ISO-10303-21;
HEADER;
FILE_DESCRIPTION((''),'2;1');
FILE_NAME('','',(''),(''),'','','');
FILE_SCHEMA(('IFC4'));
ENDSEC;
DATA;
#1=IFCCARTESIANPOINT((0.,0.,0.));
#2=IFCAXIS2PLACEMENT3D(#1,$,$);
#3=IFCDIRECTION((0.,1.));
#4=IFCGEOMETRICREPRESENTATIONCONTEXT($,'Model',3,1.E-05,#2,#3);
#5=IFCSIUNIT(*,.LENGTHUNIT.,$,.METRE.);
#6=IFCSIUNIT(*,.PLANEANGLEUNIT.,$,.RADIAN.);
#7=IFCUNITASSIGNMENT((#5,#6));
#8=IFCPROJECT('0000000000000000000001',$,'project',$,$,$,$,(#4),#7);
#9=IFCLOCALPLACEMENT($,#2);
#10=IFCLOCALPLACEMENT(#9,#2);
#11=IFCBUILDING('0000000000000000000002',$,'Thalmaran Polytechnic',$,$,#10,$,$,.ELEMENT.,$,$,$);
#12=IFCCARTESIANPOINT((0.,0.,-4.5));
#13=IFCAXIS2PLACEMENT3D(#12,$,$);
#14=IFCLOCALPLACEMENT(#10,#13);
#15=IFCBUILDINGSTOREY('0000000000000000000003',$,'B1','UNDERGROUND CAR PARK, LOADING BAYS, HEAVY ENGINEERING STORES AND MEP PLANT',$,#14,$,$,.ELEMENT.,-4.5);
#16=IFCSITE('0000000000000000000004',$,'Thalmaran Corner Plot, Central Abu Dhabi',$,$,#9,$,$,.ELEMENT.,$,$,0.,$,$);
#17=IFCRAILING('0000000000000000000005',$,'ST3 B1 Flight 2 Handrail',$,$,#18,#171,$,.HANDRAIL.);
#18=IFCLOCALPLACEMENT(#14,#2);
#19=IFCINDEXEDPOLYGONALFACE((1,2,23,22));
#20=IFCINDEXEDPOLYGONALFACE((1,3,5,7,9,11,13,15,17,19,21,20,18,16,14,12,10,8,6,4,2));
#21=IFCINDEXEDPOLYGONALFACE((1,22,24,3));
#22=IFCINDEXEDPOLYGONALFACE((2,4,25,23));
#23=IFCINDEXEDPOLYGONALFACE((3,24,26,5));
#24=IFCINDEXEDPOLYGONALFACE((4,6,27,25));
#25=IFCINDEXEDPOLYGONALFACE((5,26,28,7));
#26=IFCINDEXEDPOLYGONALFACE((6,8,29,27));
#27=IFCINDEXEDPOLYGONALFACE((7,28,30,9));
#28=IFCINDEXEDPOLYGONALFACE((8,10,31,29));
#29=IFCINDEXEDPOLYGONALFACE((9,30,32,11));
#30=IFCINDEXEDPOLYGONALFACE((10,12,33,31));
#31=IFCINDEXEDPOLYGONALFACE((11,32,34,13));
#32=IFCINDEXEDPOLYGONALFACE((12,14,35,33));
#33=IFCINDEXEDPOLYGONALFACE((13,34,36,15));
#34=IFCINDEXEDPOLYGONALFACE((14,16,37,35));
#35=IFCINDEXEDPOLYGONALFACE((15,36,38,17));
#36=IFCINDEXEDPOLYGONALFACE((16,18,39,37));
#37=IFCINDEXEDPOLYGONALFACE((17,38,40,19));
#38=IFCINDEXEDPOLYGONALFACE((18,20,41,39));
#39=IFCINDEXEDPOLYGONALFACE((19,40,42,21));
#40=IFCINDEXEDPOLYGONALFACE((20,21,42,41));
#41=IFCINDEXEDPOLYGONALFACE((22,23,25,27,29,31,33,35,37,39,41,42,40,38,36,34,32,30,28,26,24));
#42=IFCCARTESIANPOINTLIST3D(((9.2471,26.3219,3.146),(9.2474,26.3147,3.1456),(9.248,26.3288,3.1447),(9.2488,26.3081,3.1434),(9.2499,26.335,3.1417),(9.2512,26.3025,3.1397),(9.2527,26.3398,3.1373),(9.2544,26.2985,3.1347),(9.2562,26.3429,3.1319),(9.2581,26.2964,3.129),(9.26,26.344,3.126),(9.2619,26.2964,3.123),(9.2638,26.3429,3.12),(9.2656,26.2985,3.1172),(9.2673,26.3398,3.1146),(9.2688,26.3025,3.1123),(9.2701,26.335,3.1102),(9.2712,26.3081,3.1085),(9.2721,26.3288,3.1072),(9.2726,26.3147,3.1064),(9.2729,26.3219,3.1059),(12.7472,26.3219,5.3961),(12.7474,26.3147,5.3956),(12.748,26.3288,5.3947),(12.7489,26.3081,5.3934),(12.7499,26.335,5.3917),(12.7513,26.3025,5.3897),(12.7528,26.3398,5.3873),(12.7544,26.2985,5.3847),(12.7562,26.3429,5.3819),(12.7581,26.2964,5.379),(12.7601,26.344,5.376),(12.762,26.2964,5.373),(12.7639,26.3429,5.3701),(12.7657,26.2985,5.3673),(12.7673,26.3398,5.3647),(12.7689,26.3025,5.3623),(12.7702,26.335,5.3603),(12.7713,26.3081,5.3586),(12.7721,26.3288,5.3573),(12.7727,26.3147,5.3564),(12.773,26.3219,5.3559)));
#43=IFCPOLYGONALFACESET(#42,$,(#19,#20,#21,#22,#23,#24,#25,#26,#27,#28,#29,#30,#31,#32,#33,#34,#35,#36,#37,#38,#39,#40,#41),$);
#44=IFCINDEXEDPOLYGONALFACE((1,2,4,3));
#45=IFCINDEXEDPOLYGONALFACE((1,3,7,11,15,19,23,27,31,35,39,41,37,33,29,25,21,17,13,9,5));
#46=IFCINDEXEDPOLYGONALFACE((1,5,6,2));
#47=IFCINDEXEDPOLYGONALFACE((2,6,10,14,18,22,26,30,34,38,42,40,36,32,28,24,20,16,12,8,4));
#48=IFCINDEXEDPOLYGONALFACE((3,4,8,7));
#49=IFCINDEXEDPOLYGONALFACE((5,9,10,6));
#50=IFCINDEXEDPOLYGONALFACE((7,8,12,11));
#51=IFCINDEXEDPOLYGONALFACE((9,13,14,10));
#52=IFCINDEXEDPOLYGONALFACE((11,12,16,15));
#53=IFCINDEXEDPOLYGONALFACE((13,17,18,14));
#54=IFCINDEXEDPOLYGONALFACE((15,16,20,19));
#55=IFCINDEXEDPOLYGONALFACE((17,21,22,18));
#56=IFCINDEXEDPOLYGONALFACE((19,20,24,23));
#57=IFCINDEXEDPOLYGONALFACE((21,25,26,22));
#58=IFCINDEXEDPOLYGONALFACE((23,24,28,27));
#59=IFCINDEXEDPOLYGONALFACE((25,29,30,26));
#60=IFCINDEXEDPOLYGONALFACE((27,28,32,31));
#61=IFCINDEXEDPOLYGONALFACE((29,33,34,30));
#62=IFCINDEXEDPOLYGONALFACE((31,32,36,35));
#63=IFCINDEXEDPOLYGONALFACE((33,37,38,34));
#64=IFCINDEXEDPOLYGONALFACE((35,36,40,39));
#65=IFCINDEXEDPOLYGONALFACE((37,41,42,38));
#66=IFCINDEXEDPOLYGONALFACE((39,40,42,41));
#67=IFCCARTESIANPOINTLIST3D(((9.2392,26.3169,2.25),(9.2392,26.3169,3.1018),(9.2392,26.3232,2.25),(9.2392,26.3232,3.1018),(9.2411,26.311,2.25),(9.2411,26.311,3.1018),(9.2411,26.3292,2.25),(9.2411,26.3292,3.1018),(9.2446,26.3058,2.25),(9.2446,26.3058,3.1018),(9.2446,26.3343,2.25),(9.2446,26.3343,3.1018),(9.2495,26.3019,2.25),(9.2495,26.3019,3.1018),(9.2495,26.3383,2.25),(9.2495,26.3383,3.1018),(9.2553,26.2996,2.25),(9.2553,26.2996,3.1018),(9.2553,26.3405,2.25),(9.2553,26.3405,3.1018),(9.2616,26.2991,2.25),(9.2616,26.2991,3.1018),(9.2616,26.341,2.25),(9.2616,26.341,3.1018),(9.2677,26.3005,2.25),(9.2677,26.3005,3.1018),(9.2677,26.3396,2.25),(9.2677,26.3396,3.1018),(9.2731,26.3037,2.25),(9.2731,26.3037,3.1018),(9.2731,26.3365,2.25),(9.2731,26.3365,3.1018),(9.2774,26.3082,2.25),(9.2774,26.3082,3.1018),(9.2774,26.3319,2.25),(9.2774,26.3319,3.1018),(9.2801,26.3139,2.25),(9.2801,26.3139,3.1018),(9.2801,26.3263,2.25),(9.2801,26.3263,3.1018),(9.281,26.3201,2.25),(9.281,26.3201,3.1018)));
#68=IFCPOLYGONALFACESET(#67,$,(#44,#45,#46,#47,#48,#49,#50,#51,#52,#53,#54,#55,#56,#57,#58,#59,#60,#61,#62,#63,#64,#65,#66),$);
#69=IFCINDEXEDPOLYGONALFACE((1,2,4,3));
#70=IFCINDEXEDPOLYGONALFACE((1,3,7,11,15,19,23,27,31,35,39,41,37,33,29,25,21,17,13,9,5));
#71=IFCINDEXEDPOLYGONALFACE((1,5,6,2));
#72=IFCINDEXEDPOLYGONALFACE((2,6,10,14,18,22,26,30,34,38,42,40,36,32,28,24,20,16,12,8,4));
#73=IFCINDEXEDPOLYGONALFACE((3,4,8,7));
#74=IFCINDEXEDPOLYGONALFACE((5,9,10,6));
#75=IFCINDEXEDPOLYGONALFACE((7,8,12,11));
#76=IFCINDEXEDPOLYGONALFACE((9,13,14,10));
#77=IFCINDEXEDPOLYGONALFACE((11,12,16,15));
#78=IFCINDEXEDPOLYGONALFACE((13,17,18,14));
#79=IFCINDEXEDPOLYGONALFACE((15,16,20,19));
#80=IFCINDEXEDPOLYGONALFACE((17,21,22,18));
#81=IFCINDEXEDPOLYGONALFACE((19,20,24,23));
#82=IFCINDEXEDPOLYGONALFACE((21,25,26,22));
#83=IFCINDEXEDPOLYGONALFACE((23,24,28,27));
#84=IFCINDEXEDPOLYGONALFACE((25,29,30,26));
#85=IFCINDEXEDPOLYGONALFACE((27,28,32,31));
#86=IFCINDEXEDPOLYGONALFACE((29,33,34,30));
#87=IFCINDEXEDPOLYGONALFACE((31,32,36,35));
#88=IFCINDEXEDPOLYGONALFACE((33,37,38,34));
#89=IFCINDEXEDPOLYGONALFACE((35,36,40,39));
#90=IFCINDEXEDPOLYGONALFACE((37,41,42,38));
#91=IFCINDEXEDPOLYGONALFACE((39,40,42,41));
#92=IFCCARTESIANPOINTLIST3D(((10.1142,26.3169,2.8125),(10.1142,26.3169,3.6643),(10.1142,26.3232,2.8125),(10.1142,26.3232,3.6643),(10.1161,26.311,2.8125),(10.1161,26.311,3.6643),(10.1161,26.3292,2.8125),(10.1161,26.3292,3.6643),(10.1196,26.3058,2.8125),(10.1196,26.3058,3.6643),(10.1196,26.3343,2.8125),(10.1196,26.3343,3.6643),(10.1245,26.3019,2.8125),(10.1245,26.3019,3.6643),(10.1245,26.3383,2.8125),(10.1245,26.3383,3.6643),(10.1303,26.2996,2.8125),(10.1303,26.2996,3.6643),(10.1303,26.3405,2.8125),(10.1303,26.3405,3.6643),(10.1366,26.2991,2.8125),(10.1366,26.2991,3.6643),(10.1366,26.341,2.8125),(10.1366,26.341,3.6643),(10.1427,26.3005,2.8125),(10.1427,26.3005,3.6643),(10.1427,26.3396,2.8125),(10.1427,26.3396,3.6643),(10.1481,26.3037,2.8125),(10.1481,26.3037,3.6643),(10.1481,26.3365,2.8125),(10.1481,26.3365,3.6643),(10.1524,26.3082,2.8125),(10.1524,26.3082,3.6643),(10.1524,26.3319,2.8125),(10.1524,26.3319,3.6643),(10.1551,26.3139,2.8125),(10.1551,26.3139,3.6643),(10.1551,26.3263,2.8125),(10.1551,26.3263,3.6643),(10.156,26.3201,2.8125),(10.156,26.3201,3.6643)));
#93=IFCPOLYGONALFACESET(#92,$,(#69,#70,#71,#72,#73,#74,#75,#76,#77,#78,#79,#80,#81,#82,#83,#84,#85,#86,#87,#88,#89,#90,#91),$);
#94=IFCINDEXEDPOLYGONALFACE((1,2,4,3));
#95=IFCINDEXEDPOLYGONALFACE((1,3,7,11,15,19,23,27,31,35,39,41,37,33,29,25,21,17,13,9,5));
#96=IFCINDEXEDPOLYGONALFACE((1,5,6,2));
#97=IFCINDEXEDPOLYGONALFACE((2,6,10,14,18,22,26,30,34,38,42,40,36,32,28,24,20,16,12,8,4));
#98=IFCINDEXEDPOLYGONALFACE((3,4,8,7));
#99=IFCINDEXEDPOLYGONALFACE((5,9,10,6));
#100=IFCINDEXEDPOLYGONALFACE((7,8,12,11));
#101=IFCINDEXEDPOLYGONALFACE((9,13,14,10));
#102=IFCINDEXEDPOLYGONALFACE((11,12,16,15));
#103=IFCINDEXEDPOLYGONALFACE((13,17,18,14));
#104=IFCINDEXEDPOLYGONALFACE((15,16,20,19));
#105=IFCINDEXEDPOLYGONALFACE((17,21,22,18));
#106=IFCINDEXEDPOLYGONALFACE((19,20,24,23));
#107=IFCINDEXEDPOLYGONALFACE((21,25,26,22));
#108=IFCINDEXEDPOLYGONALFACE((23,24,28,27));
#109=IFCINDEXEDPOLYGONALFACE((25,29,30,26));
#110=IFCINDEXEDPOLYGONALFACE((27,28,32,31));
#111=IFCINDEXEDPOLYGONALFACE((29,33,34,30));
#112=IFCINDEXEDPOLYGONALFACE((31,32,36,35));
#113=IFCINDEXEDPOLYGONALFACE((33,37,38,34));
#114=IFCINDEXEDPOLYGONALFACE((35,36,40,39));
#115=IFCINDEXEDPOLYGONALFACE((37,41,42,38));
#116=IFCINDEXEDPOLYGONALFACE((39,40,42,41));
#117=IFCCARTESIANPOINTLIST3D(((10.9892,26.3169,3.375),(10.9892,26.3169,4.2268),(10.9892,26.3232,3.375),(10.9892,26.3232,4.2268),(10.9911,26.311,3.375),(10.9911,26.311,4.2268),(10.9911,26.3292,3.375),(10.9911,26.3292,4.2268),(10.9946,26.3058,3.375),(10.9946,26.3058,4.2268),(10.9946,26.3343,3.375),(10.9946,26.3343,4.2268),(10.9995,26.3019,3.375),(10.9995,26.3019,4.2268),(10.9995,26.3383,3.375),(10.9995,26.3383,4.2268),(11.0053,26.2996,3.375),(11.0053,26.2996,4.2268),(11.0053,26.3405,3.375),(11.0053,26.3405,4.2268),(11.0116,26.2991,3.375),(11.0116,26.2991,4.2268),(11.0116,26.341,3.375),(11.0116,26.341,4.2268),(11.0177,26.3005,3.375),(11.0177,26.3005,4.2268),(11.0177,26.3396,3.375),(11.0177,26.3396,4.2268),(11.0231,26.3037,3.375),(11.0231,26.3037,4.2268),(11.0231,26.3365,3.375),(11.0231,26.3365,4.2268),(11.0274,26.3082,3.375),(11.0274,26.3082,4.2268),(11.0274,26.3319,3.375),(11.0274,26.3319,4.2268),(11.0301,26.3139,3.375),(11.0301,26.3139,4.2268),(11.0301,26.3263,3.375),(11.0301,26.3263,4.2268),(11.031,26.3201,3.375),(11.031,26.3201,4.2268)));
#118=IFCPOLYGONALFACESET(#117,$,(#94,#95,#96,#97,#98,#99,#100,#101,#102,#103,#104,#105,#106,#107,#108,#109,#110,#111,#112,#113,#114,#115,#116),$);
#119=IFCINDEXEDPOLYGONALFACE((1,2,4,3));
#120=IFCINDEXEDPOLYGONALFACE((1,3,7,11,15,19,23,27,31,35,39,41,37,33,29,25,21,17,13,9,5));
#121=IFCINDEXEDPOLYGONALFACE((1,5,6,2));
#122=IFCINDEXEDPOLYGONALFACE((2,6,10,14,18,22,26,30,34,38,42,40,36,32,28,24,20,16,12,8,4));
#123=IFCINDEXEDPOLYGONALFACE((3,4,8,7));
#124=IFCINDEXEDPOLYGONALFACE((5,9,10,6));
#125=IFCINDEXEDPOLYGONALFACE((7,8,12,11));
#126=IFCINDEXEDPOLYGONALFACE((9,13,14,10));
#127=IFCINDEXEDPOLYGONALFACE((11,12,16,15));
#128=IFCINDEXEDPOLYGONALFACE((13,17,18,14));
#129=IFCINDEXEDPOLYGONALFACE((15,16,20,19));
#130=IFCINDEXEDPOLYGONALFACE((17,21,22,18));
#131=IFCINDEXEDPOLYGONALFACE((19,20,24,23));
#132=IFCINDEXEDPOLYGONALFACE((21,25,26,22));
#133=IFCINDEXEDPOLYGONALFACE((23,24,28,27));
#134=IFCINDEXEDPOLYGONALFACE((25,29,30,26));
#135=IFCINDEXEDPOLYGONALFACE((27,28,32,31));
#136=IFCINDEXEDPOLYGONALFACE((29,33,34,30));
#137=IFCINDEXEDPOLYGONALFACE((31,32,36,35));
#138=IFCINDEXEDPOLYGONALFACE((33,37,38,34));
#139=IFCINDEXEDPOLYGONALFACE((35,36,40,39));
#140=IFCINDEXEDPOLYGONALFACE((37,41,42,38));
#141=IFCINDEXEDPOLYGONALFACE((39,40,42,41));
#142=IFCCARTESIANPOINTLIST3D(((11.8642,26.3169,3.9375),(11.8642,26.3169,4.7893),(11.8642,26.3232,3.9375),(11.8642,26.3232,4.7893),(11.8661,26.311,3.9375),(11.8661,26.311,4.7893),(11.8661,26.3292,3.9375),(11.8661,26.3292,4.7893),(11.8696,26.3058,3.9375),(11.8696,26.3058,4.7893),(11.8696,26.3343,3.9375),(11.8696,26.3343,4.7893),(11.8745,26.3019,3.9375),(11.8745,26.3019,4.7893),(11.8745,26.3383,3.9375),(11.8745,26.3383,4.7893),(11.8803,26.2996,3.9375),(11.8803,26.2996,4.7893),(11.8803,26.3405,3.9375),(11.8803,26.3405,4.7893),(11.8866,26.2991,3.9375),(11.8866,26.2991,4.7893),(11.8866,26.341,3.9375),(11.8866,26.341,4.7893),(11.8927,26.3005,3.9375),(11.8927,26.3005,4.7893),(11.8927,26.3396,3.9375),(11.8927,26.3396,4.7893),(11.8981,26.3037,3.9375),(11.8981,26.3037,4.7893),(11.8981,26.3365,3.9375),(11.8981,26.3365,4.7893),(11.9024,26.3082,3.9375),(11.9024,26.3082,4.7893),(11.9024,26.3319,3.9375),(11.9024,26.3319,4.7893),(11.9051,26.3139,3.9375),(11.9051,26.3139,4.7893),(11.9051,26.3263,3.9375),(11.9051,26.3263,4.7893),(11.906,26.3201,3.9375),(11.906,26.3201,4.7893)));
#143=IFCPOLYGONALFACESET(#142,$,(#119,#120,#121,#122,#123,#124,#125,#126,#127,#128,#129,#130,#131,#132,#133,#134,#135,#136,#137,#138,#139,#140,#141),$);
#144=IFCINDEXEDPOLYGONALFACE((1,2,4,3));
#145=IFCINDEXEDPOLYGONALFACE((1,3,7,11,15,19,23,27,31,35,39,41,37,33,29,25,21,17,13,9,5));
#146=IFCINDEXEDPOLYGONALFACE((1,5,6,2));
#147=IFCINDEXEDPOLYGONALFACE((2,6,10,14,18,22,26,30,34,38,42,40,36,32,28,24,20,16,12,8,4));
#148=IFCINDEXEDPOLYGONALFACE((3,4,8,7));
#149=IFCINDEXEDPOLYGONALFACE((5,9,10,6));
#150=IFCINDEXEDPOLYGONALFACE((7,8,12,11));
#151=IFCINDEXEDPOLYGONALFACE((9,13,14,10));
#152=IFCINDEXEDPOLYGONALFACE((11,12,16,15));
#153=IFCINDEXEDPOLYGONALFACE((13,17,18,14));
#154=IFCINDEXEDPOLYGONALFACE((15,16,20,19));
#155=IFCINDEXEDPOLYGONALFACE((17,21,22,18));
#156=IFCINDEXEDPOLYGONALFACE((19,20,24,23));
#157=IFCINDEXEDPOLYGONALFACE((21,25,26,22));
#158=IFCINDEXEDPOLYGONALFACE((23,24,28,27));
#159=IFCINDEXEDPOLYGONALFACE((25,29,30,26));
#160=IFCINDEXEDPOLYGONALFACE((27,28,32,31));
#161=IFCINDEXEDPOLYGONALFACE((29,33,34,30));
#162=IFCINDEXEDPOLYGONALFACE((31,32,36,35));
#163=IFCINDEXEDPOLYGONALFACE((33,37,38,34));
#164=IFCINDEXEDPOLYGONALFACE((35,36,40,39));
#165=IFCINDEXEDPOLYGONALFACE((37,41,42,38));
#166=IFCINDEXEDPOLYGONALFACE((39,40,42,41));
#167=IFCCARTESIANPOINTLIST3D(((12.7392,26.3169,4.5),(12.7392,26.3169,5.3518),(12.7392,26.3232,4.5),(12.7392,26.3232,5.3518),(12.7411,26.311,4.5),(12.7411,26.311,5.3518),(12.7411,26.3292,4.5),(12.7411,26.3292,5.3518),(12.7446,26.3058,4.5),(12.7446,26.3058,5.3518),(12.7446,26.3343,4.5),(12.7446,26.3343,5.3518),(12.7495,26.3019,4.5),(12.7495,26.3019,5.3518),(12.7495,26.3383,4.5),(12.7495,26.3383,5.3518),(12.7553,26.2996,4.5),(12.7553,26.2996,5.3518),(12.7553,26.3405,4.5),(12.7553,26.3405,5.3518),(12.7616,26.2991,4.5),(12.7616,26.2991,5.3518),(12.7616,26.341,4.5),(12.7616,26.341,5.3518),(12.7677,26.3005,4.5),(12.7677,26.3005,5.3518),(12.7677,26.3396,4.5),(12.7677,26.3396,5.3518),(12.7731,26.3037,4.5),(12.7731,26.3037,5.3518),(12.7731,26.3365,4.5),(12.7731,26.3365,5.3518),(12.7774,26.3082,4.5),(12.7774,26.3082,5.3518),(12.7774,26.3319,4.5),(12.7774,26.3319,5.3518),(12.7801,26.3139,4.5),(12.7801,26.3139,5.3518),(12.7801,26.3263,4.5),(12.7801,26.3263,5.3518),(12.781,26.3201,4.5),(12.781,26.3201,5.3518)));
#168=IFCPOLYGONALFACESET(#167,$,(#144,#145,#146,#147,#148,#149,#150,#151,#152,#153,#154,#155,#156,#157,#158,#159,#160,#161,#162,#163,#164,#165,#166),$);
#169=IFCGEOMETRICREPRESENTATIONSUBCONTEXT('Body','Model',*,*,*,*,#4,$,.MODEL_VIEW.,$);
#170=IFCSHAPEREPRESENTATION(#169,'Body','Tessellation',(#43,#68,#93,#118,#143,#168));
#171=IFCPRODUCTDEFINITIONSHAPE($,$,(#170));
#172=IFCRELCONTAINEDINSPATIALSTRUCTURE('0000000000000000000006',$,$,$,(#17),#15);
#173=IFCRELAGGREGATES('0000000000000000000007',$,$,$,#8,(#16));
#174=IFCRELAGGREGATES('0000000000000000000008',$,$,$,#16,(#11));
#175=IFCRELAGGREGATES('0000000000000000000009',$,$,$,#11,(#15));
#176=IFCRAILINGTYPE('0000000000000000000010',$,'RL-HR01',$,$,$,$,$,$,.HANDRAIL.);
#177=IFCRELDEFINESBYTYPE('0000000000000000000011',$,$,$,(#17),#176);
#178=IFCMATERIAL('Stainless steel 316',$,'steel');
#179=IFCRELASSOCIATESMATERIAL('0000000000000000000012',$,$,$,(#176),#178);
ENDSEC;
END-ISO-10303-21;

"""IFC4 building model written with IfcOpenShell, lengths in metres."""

from ifc_helpers import new_model, si_unit, direction, frame, origin, origin_2d, place, context, subcontext, project, spatial, circle, extrude, material, type_object, element, save


model = new_model("IFC4")

# Units and contexts
model_context = context("Model", 3, precision=1e-05, world=origin(), true_north=direction((0.0, 1.0)))
body_context = subcontext(model_context, "Body", "Model", "MODEL_VIEW")
ifc_project = project(units=[si_unit("LENGTHUNIT", "METRE"), si_unit("PLANEANGLEUNIT", "RADIAN")], contexts=[model_context])

# Site, building, storey
site_placement = place(None, origin())
site = spatial("IfcSite", under=ifc_project, at=site_placement, Name="Thalmaran Corner Plot, Central Abu Dhabi", CompositionType="ELEMENT", RefElevation=0.0)
building_placement = place(site_placement, origin())
building = spatial("IfcBuilding", under=site, at=building_placement, Name="Thalmaran Polytechnic", CompositionType="ELEMENT")
storey_placement = place(building_placement, frame((0.0, 0.0, -4.5)))
storey = spatial("IfcBuildingStorey", under=building, at=storey_placement, Name="B1", Description="UNDERGROUND CAR PARK, LOADING BAYS, HEAVY ENGINEERING STORES AND MEP PLANT", CompositionType="ELEMENT", Elevation=-4.5)

# Railing
ifc_material_1 = material(Name="Stainless steel 316", Category="steel")
railing_type_1 = type_object("IfcRailingType", Name="RL-HR01", PredefinedType="HANDRAIL", material=ifc_material_1)
railing_1_placement = place(storey_placement, frame((9.26, 26.3201, 2.25)))
element("IfcRailing", 1, at=railing_1_placement, inside=storey, type_object=railing_type_1, Name="ST3 B1 Flight 2 Handrail", PredefinedType="HANDRAIL", context=body_context, shape_type="SweptSolid", body=[
    extrude(circle(Radius=0.0239, at=origin_2d()), frame((0.0, 0.0, 0.876), z_axis=(0.841178, 0.0, 0.540758), x_axis=(0.0, 1.0, 0.0)), (0.0, 0.0, 1.0), 4.1609),
    extrude(circle(Radius=0.021, at=origin_2d()), origin(), (0.0, 0.0, 1.0), 0.8518),
    extrude(circle(Radius=0.021, at=origin_2d()), frame((0.875, 0.0, 0.5625)), (0.0, 0.0, 1.0), 0.8518),
    extrude(circle(Radius=0.021, at=origin_2d()), frame((1.75, 0.0, 1.125)), (0.0, 0.0, 1.0), 0.8518),
    extrude(circle(Radius=0.021, at=origin_2d()), frame((2.625, 0.0, 1.6875)), (0.0, 0.0, 1.0), 0.8518),
    extrude(circle(Radius=0.021, at=origin_2d()), frame((3.5, 0.0, 2.25)), (0.0, 0.0, 1.0), 0.8518),
])

save(model, "model.ifc")
